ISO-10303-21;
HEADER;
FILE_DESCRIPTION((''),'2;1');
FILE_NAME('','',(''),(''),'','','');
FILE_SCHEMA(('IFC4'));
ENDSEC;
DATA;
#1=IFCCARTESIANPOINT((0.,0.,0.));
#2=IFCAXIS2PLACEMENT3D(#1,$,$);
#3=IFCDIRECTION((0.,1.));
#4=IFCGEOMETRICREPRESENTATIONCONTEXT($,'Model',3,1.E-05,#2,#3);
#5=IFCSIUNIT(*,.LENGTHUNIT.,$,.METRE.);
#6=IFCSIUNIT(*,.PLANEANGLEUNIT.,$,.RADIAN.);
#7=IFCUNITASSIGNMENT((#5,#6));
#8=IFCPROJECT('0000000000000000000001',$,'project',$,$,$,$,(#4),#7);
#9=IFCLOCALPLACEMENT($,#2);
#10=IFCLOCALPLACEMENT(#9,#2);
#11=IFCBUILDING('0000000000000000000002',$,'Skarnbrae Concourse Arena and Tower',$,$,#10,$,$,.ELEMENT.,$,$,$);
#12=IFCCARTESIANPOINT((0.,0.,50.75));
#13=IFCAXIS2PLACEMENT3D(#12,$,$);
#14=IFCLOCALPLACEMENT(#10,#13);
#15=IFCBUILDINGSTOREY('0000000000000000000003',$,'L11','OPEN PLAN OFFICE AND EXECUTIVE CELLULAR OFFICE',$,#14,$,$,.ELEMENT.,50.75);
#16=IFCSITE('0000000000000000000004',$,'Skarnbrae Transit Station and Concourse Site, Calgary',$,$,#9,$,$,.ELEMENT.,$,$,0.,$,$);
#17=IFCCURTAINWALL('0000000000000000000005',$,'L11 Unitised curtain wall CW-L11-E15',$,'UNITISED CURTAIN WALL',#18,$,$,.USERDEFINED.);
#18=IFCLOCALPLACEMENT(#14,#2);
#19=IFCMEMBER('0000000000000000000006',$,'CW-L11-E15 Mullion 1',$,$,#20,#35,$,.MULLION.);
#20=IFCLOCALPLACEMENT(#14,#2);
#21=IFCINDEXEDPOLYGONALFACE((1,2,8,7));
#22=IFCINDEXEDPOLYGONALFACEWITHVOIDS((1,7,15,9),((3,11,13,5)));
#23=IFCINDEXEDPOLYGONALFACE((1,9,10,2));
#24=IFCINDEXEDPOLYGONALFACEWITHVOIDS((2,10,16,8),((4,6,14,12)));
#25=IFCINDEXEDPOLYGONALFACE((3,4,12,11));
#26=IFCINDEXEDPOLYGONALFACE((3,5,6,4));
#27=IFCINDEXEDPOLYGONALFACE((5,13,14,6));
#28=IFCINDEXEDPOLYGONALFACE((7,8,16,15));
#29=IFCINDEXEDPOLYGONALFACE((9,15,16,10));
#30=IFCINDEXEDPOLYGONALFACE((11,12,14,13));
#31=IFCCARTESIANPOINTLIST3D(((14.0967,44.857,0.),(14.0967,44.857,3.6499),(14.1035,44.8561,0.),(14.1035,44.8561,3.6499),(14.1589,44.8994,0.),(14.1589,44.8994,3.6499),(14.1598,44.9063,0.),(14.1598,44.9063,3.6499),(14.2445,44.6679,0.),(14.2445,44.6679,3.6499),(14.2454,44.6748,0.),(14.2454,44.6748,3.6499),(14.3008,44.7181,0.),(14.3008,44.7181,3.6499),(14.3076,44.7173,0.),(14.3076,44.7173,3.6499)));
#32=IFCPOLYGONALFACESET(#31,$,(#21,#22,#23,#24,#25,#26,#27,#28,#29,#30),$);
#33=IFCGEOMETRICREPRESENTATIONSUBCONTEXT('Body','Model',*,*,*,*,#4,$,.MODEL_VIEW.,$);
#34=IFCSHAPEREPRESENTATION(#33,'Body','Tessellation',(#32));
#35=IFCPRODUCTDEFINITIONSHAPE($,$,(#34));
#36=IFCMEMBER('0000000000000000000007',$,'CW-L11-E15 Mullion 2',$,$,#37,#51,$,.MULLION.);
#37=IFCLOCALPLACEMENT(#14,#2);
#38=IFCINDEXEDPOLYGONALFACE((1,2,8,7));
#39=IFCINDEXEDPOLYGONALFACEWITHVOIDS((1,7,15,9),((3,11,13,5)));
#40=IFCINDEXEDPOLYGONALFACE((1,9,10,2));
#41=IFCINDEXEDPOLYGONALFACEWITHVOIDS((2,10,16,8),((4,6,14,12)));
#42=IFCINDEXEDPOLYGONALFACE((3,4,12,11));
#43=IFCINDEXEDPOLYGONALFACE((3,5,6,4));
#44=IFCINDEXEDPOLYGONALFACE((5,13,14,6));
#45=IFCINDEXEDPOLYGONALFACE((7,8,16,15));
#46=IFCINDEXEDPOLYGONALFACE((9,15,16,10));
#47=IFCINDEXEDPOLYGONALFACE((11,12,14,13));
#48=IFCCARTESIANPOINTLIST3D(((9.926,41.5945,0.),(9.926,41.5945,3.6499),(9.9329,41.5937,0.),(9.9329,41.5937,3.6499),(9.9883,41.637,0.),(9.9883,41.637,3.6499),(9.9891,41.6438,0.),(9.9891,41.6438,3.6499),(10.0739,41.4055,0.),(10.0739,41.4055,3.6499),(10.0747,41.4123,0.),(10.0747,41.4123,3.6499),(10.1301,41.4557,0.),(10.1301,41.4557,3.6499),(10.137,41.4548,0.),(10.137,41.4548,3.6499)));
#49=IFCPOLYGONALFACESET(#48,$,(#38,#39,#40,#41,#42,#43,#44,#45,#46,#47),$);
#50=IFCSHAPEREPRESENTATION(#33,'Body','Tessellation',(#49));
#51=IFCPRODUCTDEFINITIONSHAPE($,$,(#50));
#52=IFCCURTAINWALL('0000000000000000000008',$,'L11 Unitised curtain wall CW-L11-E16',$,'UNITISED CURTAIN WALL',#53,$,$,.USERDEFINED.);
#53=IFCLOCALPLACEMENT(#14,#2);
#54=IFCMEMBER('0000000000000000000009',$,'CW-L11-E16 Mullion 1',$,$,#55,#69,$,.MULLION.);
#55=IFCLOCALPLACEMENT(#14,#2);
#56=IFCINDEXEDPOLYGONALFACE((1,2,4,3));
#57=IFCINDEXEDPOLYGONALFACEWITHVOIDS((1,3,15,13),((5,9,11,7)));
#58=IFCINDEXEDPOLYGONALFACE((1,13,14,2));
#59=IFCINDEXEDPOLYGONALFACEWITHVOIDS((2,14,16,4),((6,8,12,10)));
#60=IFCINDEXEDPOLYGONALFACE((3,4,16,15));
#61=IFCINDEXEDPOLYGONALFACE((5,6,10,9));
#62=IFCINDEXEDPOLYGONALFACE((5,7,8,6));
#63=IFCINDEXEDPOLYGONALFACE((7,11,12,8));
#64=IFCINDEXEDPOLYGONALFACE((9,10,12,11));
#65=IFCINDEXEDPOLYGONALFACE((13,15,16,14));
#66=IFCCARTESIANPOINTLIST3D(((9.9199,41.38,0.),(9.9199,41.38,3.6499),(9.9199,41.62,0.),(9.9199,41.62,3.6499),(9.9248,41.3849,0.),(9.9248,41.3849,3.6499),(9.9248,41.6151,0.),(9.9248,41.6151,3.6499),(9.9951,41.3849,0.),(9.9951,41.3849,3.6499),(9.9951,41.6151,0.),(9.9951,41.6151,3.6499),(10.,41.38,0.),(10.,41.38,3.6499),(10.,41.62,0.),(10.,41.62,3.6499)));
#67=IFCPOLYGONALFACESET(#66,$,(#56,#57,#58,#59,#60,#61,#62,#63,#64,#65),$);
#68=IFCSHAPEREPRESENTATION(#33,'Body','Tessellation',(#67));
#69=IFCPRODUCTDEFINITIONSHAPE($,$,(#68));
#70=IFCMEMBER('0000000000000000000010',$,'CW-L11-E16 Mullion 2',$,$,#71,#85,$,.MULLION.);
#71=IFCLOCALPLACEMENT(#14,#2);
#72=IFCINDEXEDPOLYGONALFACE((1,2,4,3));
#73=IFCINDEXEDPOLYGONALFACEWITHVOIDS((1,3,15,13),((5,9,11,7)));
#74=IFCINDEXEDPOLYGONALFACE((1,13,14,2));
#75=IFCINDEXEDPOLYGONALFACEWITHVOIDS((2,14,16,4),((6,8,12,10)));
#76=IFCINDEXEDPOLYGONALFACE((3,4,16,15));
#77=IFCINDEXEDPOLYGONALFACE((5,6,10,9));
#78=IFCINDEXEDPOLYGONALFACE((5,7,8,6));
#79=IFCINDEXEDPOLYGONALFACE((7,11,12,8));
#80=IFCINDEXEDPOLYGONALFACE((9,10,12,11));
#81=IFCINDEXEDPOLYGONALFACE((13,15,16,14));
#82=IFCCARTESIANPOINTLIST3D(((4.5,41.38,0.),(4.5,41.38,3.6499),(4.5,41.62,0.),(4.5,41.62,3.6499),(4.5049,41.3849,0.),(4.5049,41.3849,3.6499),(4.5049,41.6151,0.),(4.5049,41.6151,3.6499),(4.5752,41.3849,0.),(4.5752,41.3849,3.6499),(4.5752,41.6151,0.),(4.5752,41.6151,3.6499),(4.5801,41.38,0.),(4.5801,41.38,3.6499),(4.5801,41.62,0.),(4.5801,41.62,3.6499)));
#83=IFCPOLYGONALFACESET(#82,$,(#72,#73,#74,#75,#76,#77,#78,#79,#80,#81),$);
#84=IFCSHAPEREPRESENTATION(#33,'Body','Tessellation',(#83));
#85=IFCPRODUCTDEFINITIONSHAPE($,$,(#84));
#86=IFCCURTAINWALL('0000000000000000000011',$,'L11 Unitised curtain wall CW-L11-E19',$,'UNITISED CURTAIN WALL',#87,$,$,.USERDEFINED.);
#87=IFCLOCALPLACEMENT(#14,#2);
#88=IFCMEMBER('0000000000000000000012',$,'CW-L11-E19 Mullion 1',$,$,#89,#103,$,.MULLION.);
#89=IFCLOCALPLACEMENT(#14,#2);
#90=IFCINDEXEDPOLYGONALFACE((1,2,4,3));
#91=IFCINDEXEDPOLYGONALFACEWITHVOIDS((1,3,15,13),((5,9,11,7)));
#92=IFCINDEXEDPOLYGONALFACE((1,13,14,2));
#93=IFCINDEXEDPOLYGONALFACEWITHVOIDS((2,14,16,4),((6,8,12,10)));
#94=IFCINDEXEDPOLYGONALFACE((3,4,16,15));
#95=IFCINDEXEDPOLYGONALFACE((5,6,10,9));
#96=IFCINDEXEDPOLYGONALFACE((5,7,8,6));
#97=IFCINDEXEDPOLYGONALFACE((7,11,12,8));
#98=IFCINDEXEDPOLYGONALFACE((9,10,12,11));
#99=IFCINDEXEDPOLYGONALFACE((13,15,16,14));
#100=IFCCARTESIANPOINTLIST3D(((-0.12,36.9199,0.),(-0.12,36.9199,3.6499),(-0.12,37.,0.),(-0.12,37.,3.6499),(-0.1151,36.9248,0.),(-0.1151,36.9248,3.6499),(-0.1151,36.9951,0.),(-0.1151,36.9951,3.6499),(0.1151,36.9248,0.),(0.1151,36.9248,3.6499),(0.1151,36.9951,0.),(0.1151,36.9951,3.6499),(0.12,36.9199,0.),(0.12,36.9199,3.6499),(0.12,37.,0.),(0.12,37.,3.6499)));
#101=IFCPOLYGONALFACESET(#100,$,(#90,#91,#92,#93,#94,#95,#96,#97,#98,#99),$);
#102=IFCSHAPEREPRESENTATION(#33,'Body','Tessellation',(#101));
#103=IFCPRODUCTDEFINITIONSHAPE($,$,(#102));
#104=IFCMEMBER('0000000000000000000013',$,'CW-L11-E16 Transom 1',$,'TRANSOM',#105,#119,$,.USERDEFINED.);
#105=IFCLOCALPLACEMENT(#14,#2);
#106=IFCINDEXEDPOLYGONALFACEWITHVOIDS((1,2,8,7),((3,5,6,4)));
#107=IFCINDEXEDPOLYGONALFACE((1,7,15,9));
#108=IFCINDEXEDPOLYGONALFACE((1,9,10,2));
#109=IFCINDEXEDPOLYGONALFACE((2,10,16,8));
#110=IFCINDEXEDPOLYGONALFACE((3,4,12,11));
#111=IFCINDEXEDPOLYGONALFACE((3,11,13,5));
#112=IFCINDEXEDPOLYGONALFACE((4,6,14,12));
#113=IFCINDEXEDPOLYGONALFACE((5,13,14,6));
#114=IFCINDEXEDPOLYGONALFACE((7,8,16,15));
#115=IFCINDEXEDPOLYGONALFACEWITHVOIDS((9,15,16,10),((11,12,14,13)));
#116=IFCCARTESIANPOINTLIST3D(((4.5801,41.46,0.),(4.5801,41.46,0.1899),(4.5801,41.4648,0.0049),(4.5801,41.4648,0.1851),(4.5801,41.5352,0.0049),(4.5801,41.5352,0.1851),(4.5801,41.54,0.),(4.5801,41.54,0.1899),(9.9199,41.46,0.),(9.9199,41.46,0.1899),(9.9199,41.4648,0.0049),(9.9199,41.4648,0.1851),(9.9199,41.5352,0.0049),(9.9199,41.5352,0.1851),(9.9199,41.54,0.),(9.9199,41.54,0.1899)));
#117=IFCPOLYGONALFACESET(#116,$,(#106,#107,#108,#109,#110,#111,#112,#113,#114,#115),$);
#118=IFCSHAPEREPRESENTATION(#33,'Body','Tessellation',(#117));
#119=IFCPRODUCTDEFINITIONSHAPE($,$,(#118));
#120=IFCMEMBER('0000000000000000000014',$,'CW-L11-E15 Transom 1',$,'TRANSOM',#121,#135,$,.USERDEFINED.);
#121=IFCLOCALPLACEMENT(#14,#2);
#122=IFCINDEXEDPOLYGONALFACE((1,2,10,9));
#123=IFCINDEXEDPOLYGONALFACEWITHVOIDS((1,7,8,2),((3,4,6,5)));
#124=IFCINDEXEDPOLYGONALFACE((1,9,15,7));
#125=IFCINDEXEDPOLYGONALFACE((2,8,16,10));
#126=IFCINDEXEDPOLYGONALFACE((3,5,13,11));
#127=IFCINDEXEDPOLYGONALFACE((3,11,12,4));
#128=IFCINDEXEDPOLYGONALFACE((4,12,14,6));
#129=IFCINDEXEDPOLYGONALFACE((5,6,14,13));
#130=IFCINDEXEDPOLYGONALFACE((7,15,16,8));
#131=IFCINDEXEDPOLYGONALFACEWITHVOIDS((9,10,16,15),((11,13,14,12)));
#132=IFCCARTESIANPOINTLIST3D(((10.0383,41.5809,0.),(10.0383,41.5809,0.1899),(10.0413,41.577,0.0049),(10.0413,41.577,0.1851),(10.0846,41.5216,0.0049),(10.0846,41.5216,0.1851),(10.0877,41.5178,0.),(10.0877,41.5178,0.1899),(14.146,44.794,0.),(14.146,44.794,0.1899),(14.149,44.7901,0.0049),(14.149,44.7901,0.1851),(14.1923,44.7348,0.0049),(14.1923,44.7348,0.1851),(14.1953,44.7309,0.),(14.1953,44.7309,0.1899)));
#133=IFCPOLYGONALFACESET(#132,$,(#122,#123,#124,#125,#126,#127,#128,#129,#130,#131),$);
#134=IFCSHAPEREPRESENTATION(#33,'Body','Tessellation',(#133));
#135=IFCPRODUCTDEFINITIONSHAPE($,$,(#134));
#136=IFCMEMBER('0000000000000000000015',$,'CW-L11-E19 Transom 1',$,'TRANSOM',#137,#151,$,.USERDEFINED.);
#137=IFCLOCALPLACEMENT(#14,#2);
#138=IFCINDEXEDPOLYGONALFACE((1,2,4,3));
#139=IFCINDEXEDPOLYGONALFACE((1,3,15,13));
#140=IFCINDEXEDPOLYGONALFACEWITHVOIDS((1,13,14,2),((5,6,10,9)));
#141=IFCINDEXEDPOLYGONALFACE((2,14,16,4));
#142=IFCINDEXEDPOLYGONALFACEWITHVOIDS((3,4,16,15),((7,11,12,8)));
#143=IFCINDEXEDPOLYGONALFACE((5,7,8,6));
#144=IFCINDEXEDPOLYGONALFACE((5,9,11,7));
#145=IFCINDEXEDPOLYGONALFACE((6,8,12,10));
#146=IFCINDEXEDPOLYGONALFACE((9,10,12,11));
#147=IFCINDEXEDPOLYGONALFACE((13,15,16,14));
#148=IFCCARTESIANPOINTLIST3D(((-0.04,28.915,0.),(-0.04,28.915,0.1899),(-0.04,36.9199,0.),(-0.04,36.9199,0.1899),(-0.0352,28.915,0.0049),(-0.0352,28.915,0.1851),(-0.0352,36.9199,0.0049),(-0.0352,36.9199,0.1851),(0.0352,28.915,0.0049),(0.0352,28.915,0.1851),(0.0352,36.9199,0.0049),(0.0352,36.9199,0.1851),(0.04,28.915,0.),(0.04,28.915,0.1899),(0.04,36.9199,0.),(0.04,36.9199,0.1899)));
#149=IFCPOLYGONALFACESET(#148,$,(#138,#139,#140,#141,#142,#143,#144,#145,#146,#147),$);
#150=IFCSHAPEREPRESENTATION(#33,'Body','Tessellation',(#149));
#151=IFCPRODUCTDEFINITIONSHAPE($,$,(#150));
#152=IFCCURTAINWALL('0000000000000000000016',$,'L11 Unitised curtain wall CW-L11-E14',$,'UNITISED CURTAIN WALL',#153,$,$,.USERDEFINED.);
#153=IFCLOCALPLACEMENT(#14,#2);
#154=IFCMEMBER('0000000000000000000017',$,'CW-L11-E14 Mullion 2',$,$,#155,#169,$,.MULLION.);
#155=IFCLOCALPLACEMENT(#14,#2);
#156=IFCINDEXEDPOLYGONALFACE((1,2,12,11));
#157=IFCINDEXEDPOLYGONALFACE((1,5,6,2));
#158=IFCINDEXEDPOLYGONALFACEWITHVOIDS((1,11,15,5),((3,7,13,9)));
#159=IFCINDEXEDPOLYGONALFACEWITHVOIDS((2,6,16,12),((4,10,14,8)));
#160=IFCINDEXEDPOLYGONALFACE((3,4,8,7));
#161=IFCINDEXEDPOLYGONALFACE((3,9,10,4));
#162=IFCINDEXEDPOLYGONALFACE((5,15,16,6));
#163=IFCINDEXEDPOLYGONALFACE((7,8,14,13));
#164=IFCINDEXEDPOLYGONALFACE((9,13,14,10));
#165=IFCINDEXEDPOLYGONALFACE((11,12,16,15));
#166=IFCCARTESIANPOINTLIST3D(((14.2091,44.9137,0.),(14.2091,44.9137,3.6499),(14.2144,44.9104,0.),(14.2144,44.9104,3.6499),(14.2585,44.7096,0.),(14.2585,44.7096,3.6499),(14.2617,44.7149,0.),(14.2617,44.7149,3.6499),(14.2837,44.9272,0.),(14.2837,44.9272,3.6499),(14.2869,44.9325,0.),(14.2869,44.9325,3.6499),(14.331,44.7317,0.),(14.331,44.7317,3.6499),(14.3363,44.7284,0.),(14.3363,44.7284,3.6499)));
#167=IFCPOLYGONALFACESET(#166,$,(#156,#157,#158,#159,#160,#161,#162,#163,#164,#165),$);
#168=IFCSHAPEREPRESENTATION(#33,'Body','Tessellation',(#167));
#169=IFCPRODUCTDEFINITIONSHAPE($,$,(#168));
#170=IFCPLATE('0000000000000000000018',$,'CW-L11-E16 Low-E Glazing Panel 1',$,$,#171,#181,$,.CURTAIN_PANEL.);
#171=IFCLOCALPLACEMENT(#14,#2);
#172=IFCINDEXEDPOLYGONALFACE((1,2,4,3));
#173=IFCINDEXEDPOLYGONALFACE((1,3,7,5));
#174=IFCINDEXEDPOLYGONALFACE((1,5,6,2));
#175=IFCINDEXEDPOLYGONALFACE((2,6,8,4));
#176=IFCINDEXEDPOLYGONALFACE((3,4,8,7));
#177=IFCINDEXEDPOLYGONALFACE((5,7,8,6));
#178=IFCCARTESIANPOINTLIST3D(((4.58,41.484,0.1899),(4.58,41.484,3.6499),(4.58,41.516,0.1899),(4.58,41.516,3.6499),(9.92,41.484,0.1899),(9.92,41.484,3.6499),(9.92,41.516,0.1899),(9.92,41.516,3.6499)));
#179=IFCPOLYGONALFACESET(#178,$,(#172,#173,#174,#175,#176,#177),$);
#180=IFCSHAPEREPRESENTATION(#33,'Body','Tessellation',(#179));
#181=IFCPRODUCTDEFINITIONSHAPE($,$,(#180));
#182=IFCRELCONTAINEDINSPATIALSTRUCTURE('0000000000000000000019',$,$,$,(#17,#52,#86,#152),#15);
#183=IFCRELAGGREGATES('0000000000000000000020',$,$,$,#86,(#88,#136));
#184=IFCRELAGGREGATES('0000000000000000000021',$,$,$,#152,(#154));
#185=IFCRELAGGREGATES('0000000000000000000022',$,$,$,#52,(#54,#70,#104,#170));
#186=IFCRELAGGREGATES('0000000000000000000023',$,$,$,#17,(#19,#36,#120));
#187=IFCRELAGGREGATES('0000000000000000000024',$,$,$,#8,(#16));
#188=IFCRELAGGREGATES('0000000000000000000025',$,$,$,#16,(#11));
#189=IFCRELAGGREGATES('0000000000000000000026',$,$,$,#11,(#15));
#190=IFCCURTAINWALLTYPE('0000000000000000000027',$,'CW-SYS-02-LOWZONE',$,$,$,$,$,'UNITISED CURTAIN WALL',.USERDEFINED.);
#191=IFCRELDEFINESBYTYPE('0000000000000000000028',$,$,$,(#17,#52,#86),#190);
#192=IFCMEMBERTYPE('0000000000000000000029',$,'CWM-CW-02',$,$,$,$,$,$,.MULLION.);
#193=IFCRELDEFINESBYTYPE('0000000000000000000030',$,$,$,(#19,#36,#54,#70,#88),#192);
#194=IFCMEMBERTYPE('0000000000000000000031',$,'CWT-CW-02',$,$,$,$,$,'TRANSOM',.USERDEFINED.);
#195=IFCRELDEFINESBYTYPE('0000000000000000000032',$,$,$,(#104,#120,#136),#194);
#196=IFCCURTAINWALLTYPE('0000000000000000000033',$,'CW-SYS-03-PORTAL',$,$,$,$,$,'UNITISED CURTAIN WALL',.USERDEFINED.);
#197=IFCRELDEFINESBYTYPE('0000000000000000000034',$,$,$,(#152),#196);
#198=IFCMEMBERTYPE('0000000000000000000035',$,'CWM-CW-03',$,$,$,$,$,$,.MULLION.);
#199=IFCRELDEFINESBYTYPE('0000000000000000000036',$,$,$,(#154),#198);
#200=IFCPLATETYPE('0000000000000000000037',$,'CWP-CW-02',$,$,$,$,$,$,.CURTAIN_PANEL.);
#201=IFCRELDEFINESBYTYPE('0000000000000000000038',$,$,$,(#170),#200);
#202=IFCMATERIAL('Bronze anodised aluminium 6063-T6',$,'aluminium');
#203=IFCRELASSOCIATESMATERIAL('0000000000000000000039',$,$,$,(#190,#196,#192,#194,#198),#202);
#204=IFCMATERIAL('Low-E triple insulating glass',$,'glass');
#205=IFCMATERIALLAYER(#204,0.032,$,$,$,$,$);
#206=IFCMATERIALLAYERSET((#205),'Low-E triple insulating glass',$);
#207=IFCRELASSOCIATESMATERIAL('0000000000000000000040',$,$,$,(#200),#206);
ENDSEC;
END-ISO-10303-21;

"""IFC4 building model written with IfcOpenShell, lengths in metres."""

from ifc_helpers import new_model, si_unit, direction, frame, origin, origin_2d, place, context, subcontext, project, spatial, rectangle, hollow_rectangle, extrude, source, transform, mapped, material, layer, layer_set, material_profile, profile_set, type_object, element, aggregate, save


model = new_model("IFC4")

# Units and contexts
model_context = context("Model", 3, precision=1e-05, world=origin(), true_north=direction((0.0, 1.0)))
body_context = subcontext(model_context, "Body", "Model", "MODEL_VIEW")
ifc_project = project(units=[si_unit("LENGTHUNIT", "METRE"), si_unit("PLANEANGLEUNIT", "RADIAN")], contexts=[model_context])

# Site, building, storey
site_placement = place(None, origin())
site = spatial("IfcSite", under=ifc_project, at=site_placement, Name="Skarnbrae Transit Station and Concourse Site, Calgary", CompositionType="ELEMENT", RefElevation=0.0)
building_placement = place(site_placement, origin())
building = spatial("IfcBuilding", under=site, at=building_placement, Name="Skarnbrae Concourse Arena and Tower", CompositionType="ELEMENT")
storey_placement = place(building_placement, frame((0.0, 0.0, 50.75)))
storey = spatial("IfcBuildingStorey", under=building, at=storey_placement, Name="L11", Description="OPEN PLAN OFFICE AND EXECUTIVE CELLULAR OFFICE", CompositionType="ELEMENT", Elevation=50.75)

# Curtain walls, members
ifc_material_1 = material(Name="Bronze anodised aluminium 6063-T6", Category="aluminium")
curtain_wall_type_1 = type_object("IfcCurtainWallType", Name="CW-SYS-02-LOWZONE", ElementType="UNITISED CURTAIN WALL", PredefinedType="USERDEFINED", material=ifc_material_1)
curtain_wall_1_placement = place(storey_placement, origin())
curtain_wall_1 = element("IfcCurtainWall", 1, at=curtain_wall_1_placement, inside=storey, type_object=curtain_wall_type_1, Name="L11 Unitised curtain wall CW-L11-E15", ObjectType="UNITISED CURTAIN WALL", PredefinedType="USERDEFINED")
ifc_material_profile_1 = material_profile(ifc_material_1, hollow_rectangle(XDim=0.0801, YDim=0.24, WallThickness=0.0049, at=origin_2d()), Name="ALU-MULL-80X240")
ifc_profile_set_1 = profile_set([ifc_material_profile_1], Name="Bronze anodised aluminium 6063-T6")
member_type_1 = type_object("IfcMemberType", Name="CWM-CW-02", PredefinedType="MULLION", material=ifc_profile_set_1)
shared_shape_1 = source(origin(), body_context, "Body", "SweptSolid", [
    extrude(hollow_rectangle(XDim=0.0801, YDim=0.24, WallThickness=0.0049, at=origin_2d()), origin(), (0.0, 0.0, 1.0), 3.6499),
])
member_1_placement = place(storey_placement, frame((14.2021, 44.7871, 0.0), z_axis=(0.0, 0.0, 1.0), x_axis=(-0.787652, -0.616121, 0.0)))
member_1 = element("IfcMember", 2, at=member_1_placement, type_object=member_type_1, Name="CW-L11-E15 Mullion 1", PredefinedType="MULLION", context=body_context, shape_type="MappedRepresentation", body=[
    mapped(shared_shape_1, transform((0.0, 0.0, 0.0))),
])
member_2_placement = place(storey_placement, frame((10.0315, 41.5247, 0.0), z_axis=(0.0, 0.0, 1.0), x_axis=(-0.787652, -0.616121, 0.0)))
member_2 = element("IfcMember", 3, at=member_2_placement, type_object=member_type_1, Name="CW-L11-E15 Mullion 2", PredefinedType="MULLION", context=body_context, shape_type="MappedRepresentation", body=[
    mapped(shared_shape_1, transform((0.0, 0.0, 0.0))),
])
curtain_wall_2_placement = place(storey_placement, origin())
curtain_wall_2 = element("IfcCurtainWall", 4, at=curtain_wall_2_placement, inside=storey, type_object=curtain_wall_type_1, Name="L11 Unitised curtain wall CW-L11-E16", ObjectType="UNITISED CURTAIN WALL", PredefinedType="USERDEFINED")
member_3_placement = place(storey_placement, frame((9.96, 41.5, 0.0), z_axis=(0.0, 0.0, 1.0), x_axis=(-1.0, 0.0, 0.0)))
member_3 = element("IfcMember", 5, at=member_3_placement, type_object=member_type_1, Name="CW-L11-E16 Mullion 1", PredefinedType="MULLION", context=body_context, shape_type="MappedRepresentation", body=[
    mapped(shared_shape_1, transform((0.0, 0.0, 0.0))),
])
member_4_placement = place(storey_placement, frame((4.54, 41.5, 0.0), z_axis=(0.0, 0.0, 1.0), x_axis=(-1.0, 0.0, 0.0)))
member_4 = element("IfcMember", 6, at=member_4_placement, type_object=member_type_1, Name="CW-L11-E16 Mullion 2", PredefinedType="MULLION", context=body_context, shape_type="MappedRepresentation", body=[
    mapped(shared_shape_1, transform((0.0, 0.0, 0.0))),
])

# Curtain wall, member
curtain_wall_3_placement = place(storey_placement, origin())
curtain_wall_3 = element("IfcCurtainWall", 7, at=curtain_wall_3_placement, inside=storey, type_object=curtain_wall_type_1, Name="L11 Unitised curtain wall CW-L11-E19", ObjectType="UNITISED CURTAIN WALL", PredefinedType="USERDEFINED")
member_5_placement = place(storey_placement, frame((0.0, 36.96, 0.0), z_axis=(0.0, 0.0, 1.0), x_axis=(0.0, -1.0, 0.0)))
member_5 = element("IfcMember", 8, at=member_5_placement, type_object=member_type_1, Name="CW-L11-E19 Mullion 1", PredefinedType="MULLION", context=body_context, shape_type="MappedRepresentation", body=[
    mapped(shared_shape_1, transform((0.0, 0.0, 0.0))),
])

# Members
ifc_material_profile_2 = material_profile(ifc_material_1, hollow_rectangle(XDim=0.0801, YDim=0.1899, WallThickness=0.0049, at=origin_2d()), Name="ALU-TRAN-80X190")
ifc_profile_set_2 = profile_set([ifc_material_profile_2], Name="Bronze anodised aluminium 6063-T6")
member_type_2 = type_object("IfcMemberType", Name="CWT-CW-02", ElementType="TRANSOM", PredefinedType="USERDEFINED", material=ifc_profile_set_2)
shared_shape_2 = source(origin(), body_context, "Body", "SweptSolid", [
    extrude(hollow_rectangle(XDim=0.0801, YDim=0.1899, WallThickness=0.0049, at=origin_2d()), origin(), (0.0, 0.0, 1.0), 5.3398),
])
member_6_placement = place(storey_placement, frame((9.9199, 41.5, 0.095), z_axis=(-1.0, 0.0, 0.0), x_axis=(0.0, -1.0, 0.0)))
member_6 = element("IfcMember", 9, at=member_6_placement, type_object=member_type_2, Name="CW-L11-E16 Transom 1", ObjectType="TRANSOM", PredefinedType="USERDEFINED", context=body_context, shape_type="MappedRepresentation", body=[
    mapped(shared_shape_2, transform((0.0, 0.0, 0.0))),
])
shared_shape_3 = source(origin(), body_context, "Body", "SweptSolid", [
    extrude(hollow_rectangle(XDim=0.0801, YDim=0.1899, WallThickness=0.0049, at=origin_2d()), origin(), (0.0, 0.0, 1.0), 5.2151),
])
member_7_placement = place(storey_placement, frame((14.1707, 44.7625, 0.095), z_axis=(-0.78765, -0.616123, 0.0), x_axis=(0.616123, -0.78765, 0.0)))
member_7 = element("IfcMember", 10, at=member_7_placement, type_object=member_type_2, Name="CW-L11-E15 Transom 1", ObjectType="TRANSOM", PredefinedType="USERDEFINED", context=body_context, shape_type="MappedRepresentation", body=[
    mapped(shared_shape_3, transform((0.0, 0.0, 0.0))),
])
shared_shape_4 = source(origin(), body_context, "Body", "SweptSolid", [
    extrude(hollow_rectangle(XDim=0.0801, YDim=0.1899, WallThickness=0.0049, at=origin_2d()), origin(), (0.0, 0.0, 1.0), 8.0049),
])
member_8_placement = place(storey_placement, frame((0.0, 36.9199, 0.095), z_axis=(0.0, -1.0, 0.0), x_axis=(1.0, 0.0, 0.0)))
member_8 = element("IfcMember", 11, at=member_8_placement, type_object=member_type_2, Name="CW-L11-E19 Transom 1", ObjectType="TRANSOM", PredefinedType="USERDEFINED", context=body_context, shape_type="MappedRepresentation", body=[
    mapped(shared_shape_4, transform((0.0, 0.0, 0.0))),
])
aggregate(curtain_wall_3, [member_5, member_8])

# Curtain wall, member
curtain_wall_type_2 = type_object("IfcCurtainWallType", Name="CW-SYS-03-PORTAL", ElementType="UNITISED CURTAIN WALL", PredefinedType="USERDEFINED", material=ifc_material_1)
curtain_wall_4_placement = place(storey_placement, origin())
curtain_wall_4 = element("IfcCurtainWall", 12, at=curtain_wall_4_placement, inside=storey, type_object=curtain_wall_type_2, Name="L11 Unitised curtain wall CW-L11-E14", ObjectType="UNITISED CURTAIN WALL", PredefinedType="USERDEFINED")
ifc_material_profile_3 = material_profile(ifc_material_1, hollow_rectangle(XDim=0.0801, YDim=0.21, WallThickness=0.0044, at=origin_2d()), Name="ALU-MULL-80X210")
ifc_profile_set_3 = profile_set([ifc_material_profile_3], Name="Bronze anodised aluminium 6063-T6")
member_type_3 = type_object("IfcMemberType", Name="CWM-CW-03", PredefinedType="MULLION", material=ifc_profile_set_3)
shared_shape_5 = source(origin(), body_context, "Body", "SweptSolid", [
    extrude(hollow_rectangle(XDim=0.0801, YDim=0.21, WallThickness=0.0044, at=origin_2d()), origin(), (0.0, 0.0, 1.0), 3.6499),
])
member_9_placement = place(storey_placement, frame((14.2727, 44.821, 0.0), z_axis=(0.0, 0.0, 1.0), x_axis=(-0.971974, -0.23509, 0.0)))
member_9 = element("IfcMember", 13, at=member_9_placement, type_object=member_type_3, Name="CW-L11-E14 Mullion 2", PredefinedType="MULLION", context=body_context, shape_type="MappedRepresentation", body=[
    mapped(shared_shape_5, transform((0.0, 0.0, 0.0))),
])
aggregate(curtain_wall_4, [member_9])

# Plate
ifc_material_2 = material(Name="Low-E triple insulating glass", Category="glass")
ifc_layer_1 = layer(ifc_material_2, 0.032)
ifc_layer_set_1 = layer_set([ifc_layer_1], Name="Low-E triple insulating glass")
plate_type = type_object("IfcPlateType", Name="CWP-CW-02", PredefinedType="CURTAIN_PANEL", material=ifc_layer_set_1)
shared_shape_6 = source(origin(), body_context, "Body", "SweptSolid", [
    extrude(rectangle(XDim=5.3401, YDim=0.032, at=origin_2d()), origin(), (0.0, 0.0, 1.0), 3.46),
])
plate_1_placement = place(storey_placement, frame((7.25, 41.5, 0.1899), z_axis=(0.0, 0.0, 1.0), x_axis=(-1.0, 0.0, 0.0)))
plate_1 = element("IfcPlate", 14, at=plate_1_placement, type_object=plate_type, Name="CW-L11-E16 Low-E Glazing Panel 1", PredefinedType="CURTAIN_PANEL", context=body_context, shape_type="MappedRepresentation", body=[
    mapped(shared_shape_6, transform((0.0, 0.0, 0.0))),
])
aggregate(curtain_wall_2, [member_3, member_4, member_6, plate_1])
aggregate(curtain_wall_1, [member_1, member_2, member_7])

save(model, "model.ifc")
